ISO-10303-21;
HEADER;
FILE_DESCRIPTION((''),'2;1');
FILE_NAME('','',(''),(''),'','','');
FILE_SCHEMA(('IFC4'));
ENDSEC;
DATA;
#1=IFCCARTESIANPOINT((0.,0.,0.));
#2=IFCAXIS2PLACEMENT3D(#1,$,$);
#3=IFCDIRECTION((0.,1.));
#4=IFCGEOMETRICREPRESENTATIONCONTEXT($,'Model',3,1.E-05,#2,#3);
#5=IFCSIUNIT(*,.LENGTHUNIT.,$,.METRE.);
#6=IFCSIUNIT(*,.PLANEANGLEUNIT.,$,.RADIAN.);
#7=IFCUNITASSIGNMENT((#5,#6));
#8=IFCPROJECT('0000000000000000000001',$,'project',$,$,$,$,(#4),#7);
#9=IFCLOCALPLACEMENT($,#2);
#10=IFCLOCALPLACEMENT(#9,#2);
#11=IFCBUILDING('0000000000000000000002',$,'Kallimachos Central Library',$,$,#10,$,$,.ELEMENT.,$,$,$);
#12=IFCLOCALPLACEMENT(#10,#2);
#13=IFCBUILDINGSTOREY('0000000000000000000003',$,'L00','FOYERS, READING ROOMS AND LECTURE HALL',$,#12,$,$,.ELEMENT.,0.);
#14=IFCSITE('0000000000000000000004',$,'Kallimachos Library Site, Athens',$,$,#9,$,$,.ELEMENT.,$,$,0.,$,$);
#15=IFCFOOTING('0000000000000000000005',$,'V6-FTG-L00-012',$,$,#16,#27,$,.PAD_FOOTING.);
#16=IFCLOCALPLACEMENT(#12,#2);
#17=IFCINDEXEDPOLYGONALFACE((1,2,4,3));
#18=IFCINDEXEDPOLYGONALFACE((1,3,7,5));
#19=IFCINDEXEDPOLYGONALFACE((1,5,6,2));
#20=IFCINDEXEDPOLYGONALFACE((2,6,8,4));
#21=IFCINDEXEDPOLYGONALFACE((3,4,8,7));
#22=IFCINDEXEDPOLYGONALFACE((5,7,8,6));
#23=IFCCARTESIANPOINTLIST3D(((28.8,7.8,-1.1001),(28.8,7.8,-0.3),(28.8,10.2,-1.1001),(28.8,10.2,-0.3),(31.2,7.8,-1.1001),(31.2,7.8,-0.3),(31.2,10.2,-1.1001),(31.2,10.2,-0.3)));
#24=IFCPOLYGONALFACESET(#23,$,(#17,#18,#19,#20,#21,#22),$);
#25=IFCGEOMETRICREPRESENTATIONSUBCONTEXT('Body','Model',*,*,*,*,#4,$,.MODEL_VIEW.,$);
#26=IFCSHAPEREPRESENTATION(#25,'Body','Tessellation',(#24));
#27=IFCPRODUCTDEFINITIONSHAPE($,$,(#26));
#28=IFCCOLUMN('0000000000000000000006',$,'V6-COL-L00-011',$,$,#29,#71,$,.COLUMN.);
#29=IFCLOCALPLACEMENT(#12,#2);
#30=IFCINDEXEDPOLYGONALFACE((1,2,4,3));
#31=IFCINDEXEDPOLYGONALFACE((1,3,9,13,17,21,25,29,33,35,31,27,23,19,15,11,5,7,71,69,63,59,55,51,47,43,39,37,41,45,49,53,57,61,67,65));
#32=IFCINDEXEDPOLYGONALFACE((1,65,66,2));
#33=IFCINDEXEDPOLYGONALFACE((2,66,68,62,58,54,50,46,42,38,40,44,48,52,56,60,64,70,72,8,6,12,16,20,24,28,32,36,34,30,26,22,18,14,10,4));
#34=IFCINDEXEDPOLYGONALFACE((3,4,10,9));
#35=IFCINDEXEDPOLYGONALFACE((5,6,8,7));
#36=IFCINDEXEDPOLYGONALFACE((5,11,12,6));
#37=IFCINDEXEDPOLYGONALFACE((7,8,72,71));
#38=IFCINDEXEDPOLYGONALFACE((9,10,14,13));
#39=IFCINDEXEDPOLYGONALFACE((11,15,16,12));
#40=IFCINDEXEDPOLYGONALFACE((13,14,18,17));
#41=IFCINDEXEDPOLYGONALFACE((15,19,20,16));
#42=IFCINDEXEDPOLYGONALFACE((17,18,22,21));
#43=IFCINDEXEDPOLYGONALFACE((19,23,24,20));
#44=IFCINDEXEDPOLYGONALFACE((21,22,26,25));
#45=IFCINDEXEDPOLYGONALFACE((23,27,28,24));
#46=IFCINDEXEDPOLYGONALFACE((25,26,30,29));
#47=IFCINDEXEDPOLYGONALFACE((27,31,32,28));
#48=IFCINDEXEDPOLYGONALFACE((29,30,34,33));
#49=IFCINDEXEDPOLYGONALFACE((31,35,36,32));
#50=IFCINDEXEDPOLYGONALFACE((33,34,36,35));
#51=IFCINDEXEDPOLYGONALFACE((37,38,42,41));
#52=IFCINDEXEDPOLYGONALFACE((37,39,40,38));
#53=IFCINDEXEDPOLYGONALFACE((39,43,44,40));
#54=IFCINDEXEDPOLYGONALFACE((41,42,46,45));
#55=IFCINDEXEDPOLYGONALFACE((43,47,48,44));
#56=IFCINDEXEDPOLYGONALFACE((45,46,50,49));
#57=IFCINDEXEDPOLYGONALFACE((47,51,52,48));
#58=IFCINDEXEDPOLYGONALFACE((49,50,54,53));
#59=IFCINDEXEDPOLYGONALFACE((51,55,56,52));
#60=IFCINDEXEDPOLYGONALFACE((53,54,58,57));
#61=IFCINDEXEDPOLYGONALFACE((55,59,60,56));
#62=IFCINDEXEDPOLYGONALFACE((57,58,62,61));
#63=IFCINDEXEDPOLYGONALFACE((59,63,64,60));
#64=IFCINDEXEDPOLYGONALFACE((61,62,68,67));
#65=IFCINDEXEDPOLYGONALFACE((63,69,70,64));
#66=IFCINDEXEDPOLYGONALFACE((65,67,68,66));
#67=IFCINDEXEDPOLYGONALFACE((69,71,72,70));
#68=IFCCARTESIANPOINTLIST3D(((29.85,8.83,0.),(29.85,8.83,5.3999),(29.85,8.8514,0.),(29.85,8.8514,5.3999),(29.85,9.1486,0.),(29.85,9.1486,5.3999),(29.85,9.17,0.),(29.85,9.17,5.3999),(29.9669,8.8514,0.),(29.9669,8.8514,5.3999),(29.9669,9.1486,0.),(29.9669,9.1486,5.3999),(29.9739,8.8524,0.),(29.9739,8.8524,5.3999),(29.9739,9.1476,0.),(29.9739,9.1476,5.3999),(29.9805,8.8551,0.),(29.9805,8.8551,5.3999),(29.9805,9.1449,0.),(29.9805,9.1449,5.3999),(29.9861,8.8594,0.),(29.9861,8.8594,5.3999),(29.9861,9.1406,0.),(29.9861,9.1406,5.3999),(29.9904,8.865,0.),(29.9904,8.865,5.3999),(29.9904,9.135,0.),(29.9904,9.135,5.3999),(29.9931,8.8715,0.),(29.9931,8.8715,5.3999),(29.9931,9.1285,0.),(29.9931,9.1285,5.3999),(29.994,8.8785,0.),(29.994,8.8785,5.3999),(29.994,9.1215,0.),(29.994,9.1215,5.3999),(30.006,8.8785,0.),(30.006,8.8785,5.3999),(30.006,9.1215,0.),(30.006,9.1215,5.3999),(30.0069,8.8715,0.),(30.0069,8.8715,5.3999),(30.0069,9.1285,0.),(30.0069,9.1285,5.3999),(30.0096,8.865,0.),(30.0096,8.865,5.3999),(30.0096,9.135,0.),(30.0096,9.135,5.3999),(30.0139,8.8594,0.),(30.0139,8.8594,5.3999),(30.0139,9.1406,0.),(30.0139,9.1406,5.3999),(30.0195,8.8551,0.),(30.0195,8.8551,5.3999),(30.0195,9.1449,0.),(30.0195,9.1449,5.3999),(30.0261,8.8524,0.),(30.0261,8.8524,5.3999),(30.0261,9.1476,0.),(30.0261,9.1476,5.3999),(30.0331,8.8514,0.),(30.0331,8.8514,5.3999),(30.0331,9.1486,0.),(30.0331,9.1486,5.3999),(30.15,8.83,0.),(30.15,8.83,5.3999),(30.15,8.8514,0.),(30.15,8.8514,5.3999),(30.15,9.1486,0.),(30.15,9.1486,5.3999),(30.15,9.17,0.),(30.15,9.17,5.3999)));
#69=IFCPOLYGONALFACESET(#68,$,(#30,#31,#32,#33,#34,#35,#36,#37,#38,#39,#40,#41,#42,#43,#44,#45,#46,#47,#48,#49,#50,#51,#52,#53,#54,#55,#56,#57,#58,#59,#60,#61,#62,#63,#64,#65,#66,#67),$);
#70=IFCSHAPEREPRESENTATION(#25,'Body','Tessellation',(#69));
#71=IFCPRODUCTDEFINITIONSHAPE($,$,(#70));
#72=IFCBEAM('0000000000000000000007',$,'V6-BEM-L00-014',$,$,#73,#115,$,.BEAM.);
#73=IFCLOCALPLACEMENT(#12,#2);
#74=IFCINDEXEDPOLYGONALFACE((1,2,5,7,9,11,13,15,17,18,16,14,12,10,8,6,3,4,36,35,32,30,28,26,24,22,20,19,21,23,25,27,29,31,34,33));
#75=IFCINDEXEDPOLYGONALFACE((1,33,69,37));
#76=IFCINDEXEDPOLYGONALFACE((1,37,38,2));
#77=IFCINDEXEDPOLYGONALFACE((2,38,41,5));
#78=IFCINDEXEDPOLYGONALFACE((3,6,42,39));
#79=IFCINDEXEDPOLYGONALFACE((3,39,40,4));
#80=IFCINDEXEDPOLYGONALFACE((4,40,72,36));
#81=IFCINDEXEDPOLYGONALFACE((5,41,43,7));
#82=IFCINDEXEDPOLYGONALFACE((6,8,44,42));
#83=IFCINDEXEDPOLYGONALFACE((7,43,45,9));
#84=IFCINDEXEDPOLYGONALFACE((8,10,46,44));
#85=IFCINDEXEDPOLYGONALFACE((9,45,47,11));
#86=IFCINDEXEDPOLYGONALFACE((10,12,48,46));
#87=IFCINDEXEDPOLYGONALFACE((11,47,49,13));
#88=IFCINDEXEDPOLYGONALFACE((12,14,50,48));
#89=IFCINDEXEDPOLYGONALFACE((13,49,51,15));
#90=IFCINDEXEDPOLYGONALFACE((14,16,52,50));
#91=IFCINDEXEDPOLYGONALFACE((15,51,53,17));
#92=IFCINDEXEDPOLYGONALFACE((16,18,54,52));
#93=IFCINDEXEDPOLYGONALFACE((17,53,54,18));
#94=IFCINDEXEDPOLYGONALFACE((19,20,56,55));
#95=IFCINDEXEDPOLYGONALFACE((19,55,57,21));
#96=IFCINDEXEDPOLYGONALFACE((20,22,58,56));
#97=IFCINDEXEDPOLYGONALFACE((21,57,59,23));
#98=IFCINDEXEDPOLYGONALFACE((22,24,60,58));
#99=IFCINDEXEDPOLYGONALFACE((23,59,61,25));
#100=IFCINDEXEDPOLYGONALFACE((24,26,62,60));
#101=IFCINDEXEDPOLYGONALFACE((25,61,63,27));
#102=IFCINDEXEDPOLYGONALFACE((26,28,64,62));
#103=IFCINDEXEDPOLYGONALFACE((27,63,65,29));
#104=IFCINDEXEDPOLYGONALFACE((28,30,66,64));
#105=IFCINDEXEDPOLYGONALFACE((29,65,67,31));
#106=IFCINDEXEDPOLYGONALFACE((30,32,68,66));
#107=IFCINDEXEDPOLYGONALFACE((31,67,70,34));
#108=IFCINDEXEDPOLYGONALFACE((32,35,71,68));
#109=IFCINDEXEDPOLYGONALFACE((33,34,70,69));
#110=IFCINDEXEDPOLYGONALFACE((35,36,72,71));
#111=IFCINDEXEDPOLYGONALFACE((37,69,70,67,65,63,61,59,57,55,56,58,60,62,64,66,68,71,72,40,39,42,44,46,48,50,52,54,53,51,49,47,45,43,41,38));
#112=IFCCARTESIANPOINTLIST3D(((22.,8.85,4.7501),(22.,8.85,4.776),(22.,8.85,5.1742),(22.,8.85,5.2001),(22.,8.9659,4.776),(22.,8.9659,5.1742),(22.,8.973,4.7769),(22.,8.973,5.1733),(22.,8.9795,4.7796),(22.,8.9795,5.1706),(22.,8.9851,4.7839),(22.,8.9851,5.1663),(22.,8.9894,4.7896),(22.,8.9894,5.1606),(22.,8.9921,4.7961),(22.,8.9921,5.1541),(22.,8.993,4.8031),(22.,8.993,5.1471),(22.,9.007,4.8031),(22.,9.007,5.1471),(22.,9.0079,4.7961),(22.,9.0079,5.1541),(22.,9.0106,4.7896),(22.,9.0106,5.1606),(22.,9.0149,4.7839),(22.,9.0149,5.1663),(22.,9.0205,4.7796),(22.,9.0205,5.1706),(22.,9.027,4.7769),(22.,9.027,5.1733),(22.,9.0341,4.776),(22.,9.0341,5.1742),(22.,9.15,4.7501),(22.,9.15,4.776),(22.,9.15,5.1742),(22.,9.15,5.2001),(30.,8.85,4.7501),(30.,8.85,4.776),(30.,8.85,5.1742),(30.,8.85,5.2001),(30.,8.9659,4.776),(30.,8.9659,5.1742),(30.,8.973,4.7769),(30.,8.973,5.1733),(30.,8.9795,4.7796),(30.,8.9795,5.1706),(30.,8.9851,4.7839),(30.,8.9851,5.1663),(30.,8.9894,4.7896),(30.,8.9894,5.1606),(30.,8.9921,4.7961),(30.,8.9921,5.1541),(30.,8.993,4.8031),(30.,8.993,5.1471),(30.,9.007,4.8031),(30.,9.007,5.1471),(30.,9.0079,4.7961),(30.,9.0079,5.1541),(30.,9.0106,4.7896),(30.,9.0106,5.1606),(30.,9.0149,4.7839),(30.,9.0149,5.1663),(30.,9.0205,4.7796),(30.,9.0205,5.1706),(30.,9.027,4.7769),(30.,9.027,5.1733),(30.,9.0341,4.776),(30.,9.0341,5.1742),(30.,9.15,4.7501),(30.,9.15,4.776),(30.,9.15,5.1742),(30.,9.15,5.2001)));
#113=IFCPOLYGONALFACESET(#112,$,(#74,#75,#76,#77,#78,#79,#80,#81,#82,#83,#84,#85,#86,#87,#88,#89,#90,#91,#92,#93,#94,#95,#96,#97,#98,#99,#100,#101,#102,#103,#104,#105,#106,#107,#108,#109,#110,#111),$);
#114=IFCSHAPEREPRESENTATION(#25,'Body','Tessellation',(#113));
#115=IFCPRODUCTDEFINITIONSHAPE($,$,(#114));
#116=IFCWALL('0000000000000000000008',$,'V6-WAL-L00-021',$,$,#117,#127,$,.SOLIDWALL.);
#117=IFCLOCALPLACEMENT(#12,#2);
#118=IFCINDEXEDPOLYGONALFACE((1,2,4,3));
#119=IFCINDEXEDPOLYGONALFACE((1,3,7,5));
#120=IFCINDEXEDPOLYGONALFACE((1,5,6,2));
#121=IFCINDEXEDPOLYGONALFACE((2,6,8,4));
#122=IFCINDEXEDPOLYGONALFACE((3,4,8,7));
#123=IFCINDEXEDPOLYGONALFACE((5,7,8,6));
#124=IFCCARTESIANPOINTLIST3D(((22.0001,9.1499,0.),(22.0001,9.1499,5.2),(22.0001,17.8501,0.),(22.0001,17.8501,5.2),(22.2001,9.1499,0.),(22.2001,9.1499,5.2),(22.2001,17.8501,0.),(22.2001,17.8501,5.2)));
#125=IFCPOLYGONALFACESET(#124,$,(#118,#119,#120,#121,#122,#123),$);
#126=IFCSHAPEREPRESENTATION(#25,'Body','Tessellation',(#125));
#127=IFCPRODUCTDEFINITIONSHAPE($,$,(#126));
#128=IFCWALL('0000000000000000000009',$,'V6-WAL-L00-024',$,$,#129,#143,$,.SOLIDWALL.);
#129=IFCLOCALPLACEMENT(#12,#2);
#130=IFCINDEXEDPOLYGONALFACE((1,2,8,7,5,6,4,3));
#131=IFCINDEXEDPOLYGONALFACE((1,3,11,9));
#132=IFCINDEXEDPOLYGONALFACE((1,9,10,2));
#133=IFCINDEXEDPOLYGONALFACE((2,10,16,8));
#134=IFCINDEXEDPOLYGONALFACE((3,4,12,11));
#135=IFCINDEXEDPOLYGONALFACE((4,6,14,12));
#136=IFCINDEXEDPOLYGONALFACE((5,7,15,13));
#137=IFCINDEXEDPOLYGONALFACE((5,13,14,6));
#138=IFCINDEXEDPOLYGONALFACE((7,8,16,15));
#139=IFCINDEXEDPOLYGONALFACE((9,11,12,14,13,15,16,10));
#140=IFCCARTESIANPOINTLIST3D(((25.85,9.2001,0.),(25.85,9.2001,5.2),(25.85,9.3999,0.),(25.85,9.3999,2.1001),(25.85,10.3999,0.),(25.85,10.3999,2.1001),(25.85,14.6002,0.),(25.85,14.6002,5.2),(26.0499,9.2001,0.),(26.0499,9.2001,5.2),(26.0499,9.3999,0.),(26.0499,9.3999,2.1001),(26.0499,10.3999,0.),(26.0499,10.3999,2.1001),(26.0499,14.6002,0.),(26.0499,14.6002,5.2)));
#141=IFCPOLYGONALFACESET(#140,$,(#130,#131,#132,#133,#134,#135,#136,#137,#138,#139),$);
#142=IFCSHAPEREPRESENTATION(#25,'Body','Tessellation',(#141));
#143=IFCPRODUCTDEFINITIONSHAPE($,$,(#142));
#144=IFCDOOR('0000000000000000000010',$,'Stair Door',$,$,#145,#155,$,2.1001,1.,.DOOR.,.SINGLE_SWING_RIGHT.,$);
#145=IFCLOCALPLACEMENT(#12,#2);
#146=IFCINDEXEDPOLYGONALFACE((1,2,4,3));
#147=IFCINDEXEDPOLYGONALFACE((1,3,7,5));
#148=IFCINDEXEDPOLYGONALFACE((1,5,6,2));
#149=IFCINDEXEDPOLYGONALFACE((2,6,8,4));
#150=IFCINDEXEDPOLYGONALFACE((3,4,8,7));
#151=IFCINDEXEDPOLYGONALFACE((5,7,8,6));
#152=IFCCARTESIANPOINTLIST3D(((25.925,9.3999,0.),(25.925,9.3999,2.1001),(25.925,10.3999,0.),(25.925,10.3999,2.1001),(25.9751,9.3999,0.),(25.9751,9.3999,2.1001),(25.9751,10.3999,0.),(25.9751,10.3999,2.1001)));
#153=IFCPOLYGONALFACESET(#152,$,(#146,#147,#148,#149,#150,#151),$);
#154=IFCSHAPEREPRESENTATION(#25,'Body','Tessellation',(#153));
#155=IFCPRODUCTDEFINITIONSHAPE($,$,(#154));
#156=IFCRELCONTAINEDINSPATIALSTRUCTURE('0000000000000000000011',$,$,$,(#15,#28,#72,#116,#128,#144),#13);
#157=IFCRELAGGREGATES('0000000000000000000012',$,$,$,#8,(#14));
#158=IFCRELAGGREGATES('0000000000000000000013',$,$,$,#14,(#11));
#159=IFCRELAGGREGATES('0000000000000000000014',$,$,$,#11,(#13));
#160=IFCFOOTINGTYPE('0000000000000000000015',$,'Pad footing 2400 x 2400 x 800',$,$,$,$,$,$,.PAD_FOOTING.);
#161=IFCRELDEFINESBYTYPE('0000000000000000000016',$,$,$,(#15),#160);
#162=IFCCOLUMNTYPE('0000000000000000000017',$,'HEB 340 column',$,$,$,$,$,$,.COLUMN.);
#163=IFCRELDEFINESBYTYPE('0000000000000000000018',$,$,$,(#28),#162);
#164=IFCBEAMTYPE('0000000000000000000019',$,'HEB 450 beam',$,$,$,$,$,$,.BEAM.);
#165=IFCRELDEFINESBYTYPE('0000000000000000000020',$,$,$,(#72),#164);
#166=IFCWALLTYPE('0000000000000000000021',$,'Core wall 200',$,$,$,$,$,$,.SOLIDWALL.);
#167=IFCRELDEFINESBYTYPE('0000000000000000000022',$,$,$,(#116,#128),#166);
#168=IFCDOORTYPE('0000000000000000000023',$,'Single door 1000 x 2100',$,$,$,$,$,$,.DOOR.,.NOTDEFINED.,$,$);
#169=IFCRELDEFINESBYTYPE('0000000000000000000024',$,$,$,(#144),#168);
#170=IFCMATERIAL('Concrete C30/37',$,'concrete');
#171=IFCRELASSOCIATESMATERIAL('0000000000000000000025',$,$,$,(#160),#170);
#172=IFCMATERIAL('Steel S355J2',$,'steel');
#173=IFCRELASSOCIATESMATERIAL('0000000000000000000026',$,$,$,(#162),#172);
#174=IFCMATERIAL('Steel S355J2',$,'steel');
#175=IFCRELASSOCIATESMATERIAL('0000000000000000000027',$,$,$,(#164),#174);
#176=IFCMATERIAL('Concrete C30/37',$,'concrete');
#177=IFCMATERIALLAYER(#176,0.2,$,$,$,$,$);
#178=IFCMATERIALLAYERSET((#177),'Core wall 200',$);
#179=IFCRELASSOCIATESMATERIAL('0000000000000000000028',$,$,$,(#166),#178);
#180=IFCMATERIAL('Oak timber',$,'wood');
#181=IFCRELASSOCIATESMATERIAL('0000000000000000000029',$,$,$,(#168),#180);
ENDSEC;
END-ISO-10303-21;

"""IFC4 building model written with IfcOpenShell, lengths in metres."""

from ifc_helpers import new_model, si_unit, direction, frame, frame_2d, origin, origin_2d, place, context, subcontext, project, spatial, rectangle, i_section, extrude, material, layer, layer_set, material_profile, profile_set, type_object, element, fill, save


model = new_model("IFC4")

# Units and contexts
model_context = context("Model", 3, precision=1e-05, world=origin(), true_north=direction((0.0, 1.0)))
body_context = subcontext(model_context, "Body", "Model", "MODEL_VIEW")
ifc_project = project(units=[si_unit("LENGTHUNIT", "METRE"), si_unit("PLANEANGLEUNIT", "RADIAN")], contexts=[model_context])

# Site, building, storey
site_placement = place(None, origin())
site = spatial("IfcSite", under=ifc_project, at=site_placement, Name="Kallimachos Library Site, Athens", CompositionType="ELEMENT", RefElevation=0.0)
building_placement = place(site_placement, origin())
building = spatial("IfcBuilding", under=site, at=building_placement, Name="Kallimachos Central Library", CompositionType="ELEMENT")
storey_placement = place(building_placement, origin())
storey = spatial("IfcBuildingStorey", under=building, at=storey_placement, Name="L00", Description="FOYERS, READING ROOMS AND LECTURE HALL", CompositionType="ELEMENT", Elevation=0.0)

# Footing
ifc_material_1 = material(Name="Concrete C30/37", Category="concrete")
footing_type = type_object("IfcFootingType", Name="Pad footing 2400 x 2400 x 800", PredefinedType="PAD_FOOTING", material=ifc_material_1)
footing_placement = place(storey_placement, frame((30.0, 9.0, -1.1001), z_axis=(0.0, 0.0, 1.0), x_axis=(1.0, 0.0, 0.0)))
element("IfcFooting", 1, at=footing_placement, inside=storey, type_object=footing_type, Name="V6-FTG-L00-012", PredefinedType="PAD_FOOTING", context=body_context, shape_type="SweptSolid", body=[
    extrude(rectangle(XDim=2.3999, YDim=2.3999, at=origin_2d()), origin(), (0.0, 0.0, 1.0), 0.8),
])

# Column
ifc_material_2 = material(Name="Steel S355J2", Category="steel")
ifc_material_profile_1 = material_profile(ifc_material_2, i_section(OverallWidth=0.3, OverallDepth=0.3401, WebThickness=0.012, FlangeThickness=0.0215, FilletRadius=0.0271, at=origin_2d()), Name="HEB 340")
ifc_profile_set_1 = profile_set([ifc_material_profile_1], Name="Steel S355J2")
column_type = type_object("IfcColumnType", Name="HEB 340 column", PredefinedType="COLUMN", material=ifc_profile_set_1)
column_placement = place(storey_placement, frame((30.0, 9.0, 0.0), z_axis=(0.0, 0.0, 1.0), x_axis=(1.0, 0.0, 0.0)))
element("IfcColumn", 2, at=column_placement, inside=storey, type_object=column_type, Name="V6-COL-L00-011", PredefinedType="COLUMN", context=body_context, shape_type="SweptSolid", body=[
    extrude(i_section(OverallWidth=0.3, OverallDepth=0.3401, WebThickness=0.012, FlangeThickness=0.0215, FilletRadius=0.0271, at=origin_2d()), origin(), (0.0, 0.0, 1.0), 5.3999),
])

# Beam
ifc_material_3 = material(Name="Steel S355J2", Category="steel")
ifc_material_profile_2 = material_profile(ifc_material_3, i_section(OverallWidth=0.3, OverallDepth=0.45, WebThickness=0.0139, FlangeThickness=0.0259, FilletRadius=0.0271, at=origin_2d()), Name="HEB 450")
ifc_profile_set_2 = profile_set([ifc_material_profile_2], Name="Steel S355J2")
beam_type = type_object("IfcBeamType", Name="HEB 450 beam", PredefinedType="BEAM", material=ifc_profile_set_2)
beam_placement = place(storey_placement, frame((22.0, 9.0, 4.9751), z_axis=(1.0, 0.0, 0.0), x_axis=(0.0, 1.0, 0.0)))
element("IfcBeam", 3, at=beam_placement, inside=storey, type_object=beam_type, Name="V6-BEM-L00-014", PredefinedType="BEAM", context=body_context, shape_type="SweptSolid", body=[
    extrude(i_section(OverallWidth=0.3, OverallDepth=0.45, WebThickness=0.0139, FlangeThickness=0.0259, FilletRadius=0.0271, at=origin_2d()), origin(), (0.0, 0.0, 1.0), 8.0),
])

# Wall
ifc_material_4 = material(Name="Concrete C30/37", Category="concrete")
ifc_layer_1 = layer(ifc_material_4, 0.2)
ifc_layer_set_1 = layer_set([ifc_layer_1], Name="Core wall 200")
wall_type_1 = type_object("IfcWallType", Name="Core wall 200", PredefinedType="SOLIDWALL", material=ifc_layer_set_1)
wall_1_placement = place(storey_placement, frame((22.1001, 9.1499, 0.0), z_axis=(0.0, 0.0, 1.0), x_axis=(0.0, 1.0, 0.0)))
element("IfcWall", 4, at=wall_1_placement, inside=storey, type_object=wall_type_1, Name="V6-WAL-L00-021", PredefinedType="SOLIDWALL", context=body_context, shape_type="SweptSolid", body=[
    extrude(rectangle(XDim=8.7002, YDim=0.2, at=frame_2d((4.3501, 0.0))), origin(), (0.0, 0.0, 1.0), 5.2),
])

# Wall, opening, door
wall_2_placement = place(storey_placement, frame((25.95, 9.2, 0.0), z_axis=(0.0, 0.0, 1.0), x_axis=(0.0, 1.0, 0.0)))
wall_2 = element("IfcWall", 5, at=wall_2_placement, inside=storey, type_object=wall_type_1, Name="V6-WAL-L00-024", PredefinedType="SOLIDWALL", context=body_context, shape_type="SweptSolid", body=[
    extrude(rectangle(XDim=5.4001, YDim=0.2, at=frame_2d((2.7002, 0.0))), origin(), (0.0, 0.0, 1.0), 5.2),
])
opening_1_placement = place(wall_2_placement, frame((0.2, 0.0, 0.0)))
opening_1 = element("IfcOpeningElement", 6, at=opening_1_placement, cuts=wall_2, PredefinedType="OPENING", context=body_context, shape_type="SweptSolid", body=[
    extrude(rectangle(XDim=1.0, YDim=2.1001, at=frame_2d((0.5, 1.05))), frame((0.0, 0.1099, 0.0), z_axis=(0.0, -1.0, 0.0), x_axis=(1.0, 0.0, 0.0)), (0.0, 0.0, 1.0), 0.22),
])
ifc_material_5 = material(Name="Oak timber", Category="wood")
door_type = type_object("IfcDoorType", Name="Single door 1000 x 2100", OperationType="NOTDEFINED", PredefinedType="DOOR", material=ifc_material_5)
door_1_placement = place(opening_1_placement, origin())
door_1 = element("IfcDoor", 7, at=door_1_placement, inside=storey, type_object=door_type, Name="Stair Door", OperationType="SINGLE_SWING_RIGHT", OverallHeight=2.1001, OverallWidth=1.0, PredefinedType="DOOR", context=body_context, shape_type="SweptSolid", body=[
    extrude(rectangle(XDim=1.0, YDim=2.1001, at=frame_2d((0.5, 1.05))), frame((0.0, 0.0249, 0.0), z_axis=(0.0, -1.0, 0.0), x_axis=(1.0, 0.0, 0.0)), (0.0, 0.0, 1.0), 0.05),
])
fill(opening_1, door_1)

save(model, "model.ifc")
